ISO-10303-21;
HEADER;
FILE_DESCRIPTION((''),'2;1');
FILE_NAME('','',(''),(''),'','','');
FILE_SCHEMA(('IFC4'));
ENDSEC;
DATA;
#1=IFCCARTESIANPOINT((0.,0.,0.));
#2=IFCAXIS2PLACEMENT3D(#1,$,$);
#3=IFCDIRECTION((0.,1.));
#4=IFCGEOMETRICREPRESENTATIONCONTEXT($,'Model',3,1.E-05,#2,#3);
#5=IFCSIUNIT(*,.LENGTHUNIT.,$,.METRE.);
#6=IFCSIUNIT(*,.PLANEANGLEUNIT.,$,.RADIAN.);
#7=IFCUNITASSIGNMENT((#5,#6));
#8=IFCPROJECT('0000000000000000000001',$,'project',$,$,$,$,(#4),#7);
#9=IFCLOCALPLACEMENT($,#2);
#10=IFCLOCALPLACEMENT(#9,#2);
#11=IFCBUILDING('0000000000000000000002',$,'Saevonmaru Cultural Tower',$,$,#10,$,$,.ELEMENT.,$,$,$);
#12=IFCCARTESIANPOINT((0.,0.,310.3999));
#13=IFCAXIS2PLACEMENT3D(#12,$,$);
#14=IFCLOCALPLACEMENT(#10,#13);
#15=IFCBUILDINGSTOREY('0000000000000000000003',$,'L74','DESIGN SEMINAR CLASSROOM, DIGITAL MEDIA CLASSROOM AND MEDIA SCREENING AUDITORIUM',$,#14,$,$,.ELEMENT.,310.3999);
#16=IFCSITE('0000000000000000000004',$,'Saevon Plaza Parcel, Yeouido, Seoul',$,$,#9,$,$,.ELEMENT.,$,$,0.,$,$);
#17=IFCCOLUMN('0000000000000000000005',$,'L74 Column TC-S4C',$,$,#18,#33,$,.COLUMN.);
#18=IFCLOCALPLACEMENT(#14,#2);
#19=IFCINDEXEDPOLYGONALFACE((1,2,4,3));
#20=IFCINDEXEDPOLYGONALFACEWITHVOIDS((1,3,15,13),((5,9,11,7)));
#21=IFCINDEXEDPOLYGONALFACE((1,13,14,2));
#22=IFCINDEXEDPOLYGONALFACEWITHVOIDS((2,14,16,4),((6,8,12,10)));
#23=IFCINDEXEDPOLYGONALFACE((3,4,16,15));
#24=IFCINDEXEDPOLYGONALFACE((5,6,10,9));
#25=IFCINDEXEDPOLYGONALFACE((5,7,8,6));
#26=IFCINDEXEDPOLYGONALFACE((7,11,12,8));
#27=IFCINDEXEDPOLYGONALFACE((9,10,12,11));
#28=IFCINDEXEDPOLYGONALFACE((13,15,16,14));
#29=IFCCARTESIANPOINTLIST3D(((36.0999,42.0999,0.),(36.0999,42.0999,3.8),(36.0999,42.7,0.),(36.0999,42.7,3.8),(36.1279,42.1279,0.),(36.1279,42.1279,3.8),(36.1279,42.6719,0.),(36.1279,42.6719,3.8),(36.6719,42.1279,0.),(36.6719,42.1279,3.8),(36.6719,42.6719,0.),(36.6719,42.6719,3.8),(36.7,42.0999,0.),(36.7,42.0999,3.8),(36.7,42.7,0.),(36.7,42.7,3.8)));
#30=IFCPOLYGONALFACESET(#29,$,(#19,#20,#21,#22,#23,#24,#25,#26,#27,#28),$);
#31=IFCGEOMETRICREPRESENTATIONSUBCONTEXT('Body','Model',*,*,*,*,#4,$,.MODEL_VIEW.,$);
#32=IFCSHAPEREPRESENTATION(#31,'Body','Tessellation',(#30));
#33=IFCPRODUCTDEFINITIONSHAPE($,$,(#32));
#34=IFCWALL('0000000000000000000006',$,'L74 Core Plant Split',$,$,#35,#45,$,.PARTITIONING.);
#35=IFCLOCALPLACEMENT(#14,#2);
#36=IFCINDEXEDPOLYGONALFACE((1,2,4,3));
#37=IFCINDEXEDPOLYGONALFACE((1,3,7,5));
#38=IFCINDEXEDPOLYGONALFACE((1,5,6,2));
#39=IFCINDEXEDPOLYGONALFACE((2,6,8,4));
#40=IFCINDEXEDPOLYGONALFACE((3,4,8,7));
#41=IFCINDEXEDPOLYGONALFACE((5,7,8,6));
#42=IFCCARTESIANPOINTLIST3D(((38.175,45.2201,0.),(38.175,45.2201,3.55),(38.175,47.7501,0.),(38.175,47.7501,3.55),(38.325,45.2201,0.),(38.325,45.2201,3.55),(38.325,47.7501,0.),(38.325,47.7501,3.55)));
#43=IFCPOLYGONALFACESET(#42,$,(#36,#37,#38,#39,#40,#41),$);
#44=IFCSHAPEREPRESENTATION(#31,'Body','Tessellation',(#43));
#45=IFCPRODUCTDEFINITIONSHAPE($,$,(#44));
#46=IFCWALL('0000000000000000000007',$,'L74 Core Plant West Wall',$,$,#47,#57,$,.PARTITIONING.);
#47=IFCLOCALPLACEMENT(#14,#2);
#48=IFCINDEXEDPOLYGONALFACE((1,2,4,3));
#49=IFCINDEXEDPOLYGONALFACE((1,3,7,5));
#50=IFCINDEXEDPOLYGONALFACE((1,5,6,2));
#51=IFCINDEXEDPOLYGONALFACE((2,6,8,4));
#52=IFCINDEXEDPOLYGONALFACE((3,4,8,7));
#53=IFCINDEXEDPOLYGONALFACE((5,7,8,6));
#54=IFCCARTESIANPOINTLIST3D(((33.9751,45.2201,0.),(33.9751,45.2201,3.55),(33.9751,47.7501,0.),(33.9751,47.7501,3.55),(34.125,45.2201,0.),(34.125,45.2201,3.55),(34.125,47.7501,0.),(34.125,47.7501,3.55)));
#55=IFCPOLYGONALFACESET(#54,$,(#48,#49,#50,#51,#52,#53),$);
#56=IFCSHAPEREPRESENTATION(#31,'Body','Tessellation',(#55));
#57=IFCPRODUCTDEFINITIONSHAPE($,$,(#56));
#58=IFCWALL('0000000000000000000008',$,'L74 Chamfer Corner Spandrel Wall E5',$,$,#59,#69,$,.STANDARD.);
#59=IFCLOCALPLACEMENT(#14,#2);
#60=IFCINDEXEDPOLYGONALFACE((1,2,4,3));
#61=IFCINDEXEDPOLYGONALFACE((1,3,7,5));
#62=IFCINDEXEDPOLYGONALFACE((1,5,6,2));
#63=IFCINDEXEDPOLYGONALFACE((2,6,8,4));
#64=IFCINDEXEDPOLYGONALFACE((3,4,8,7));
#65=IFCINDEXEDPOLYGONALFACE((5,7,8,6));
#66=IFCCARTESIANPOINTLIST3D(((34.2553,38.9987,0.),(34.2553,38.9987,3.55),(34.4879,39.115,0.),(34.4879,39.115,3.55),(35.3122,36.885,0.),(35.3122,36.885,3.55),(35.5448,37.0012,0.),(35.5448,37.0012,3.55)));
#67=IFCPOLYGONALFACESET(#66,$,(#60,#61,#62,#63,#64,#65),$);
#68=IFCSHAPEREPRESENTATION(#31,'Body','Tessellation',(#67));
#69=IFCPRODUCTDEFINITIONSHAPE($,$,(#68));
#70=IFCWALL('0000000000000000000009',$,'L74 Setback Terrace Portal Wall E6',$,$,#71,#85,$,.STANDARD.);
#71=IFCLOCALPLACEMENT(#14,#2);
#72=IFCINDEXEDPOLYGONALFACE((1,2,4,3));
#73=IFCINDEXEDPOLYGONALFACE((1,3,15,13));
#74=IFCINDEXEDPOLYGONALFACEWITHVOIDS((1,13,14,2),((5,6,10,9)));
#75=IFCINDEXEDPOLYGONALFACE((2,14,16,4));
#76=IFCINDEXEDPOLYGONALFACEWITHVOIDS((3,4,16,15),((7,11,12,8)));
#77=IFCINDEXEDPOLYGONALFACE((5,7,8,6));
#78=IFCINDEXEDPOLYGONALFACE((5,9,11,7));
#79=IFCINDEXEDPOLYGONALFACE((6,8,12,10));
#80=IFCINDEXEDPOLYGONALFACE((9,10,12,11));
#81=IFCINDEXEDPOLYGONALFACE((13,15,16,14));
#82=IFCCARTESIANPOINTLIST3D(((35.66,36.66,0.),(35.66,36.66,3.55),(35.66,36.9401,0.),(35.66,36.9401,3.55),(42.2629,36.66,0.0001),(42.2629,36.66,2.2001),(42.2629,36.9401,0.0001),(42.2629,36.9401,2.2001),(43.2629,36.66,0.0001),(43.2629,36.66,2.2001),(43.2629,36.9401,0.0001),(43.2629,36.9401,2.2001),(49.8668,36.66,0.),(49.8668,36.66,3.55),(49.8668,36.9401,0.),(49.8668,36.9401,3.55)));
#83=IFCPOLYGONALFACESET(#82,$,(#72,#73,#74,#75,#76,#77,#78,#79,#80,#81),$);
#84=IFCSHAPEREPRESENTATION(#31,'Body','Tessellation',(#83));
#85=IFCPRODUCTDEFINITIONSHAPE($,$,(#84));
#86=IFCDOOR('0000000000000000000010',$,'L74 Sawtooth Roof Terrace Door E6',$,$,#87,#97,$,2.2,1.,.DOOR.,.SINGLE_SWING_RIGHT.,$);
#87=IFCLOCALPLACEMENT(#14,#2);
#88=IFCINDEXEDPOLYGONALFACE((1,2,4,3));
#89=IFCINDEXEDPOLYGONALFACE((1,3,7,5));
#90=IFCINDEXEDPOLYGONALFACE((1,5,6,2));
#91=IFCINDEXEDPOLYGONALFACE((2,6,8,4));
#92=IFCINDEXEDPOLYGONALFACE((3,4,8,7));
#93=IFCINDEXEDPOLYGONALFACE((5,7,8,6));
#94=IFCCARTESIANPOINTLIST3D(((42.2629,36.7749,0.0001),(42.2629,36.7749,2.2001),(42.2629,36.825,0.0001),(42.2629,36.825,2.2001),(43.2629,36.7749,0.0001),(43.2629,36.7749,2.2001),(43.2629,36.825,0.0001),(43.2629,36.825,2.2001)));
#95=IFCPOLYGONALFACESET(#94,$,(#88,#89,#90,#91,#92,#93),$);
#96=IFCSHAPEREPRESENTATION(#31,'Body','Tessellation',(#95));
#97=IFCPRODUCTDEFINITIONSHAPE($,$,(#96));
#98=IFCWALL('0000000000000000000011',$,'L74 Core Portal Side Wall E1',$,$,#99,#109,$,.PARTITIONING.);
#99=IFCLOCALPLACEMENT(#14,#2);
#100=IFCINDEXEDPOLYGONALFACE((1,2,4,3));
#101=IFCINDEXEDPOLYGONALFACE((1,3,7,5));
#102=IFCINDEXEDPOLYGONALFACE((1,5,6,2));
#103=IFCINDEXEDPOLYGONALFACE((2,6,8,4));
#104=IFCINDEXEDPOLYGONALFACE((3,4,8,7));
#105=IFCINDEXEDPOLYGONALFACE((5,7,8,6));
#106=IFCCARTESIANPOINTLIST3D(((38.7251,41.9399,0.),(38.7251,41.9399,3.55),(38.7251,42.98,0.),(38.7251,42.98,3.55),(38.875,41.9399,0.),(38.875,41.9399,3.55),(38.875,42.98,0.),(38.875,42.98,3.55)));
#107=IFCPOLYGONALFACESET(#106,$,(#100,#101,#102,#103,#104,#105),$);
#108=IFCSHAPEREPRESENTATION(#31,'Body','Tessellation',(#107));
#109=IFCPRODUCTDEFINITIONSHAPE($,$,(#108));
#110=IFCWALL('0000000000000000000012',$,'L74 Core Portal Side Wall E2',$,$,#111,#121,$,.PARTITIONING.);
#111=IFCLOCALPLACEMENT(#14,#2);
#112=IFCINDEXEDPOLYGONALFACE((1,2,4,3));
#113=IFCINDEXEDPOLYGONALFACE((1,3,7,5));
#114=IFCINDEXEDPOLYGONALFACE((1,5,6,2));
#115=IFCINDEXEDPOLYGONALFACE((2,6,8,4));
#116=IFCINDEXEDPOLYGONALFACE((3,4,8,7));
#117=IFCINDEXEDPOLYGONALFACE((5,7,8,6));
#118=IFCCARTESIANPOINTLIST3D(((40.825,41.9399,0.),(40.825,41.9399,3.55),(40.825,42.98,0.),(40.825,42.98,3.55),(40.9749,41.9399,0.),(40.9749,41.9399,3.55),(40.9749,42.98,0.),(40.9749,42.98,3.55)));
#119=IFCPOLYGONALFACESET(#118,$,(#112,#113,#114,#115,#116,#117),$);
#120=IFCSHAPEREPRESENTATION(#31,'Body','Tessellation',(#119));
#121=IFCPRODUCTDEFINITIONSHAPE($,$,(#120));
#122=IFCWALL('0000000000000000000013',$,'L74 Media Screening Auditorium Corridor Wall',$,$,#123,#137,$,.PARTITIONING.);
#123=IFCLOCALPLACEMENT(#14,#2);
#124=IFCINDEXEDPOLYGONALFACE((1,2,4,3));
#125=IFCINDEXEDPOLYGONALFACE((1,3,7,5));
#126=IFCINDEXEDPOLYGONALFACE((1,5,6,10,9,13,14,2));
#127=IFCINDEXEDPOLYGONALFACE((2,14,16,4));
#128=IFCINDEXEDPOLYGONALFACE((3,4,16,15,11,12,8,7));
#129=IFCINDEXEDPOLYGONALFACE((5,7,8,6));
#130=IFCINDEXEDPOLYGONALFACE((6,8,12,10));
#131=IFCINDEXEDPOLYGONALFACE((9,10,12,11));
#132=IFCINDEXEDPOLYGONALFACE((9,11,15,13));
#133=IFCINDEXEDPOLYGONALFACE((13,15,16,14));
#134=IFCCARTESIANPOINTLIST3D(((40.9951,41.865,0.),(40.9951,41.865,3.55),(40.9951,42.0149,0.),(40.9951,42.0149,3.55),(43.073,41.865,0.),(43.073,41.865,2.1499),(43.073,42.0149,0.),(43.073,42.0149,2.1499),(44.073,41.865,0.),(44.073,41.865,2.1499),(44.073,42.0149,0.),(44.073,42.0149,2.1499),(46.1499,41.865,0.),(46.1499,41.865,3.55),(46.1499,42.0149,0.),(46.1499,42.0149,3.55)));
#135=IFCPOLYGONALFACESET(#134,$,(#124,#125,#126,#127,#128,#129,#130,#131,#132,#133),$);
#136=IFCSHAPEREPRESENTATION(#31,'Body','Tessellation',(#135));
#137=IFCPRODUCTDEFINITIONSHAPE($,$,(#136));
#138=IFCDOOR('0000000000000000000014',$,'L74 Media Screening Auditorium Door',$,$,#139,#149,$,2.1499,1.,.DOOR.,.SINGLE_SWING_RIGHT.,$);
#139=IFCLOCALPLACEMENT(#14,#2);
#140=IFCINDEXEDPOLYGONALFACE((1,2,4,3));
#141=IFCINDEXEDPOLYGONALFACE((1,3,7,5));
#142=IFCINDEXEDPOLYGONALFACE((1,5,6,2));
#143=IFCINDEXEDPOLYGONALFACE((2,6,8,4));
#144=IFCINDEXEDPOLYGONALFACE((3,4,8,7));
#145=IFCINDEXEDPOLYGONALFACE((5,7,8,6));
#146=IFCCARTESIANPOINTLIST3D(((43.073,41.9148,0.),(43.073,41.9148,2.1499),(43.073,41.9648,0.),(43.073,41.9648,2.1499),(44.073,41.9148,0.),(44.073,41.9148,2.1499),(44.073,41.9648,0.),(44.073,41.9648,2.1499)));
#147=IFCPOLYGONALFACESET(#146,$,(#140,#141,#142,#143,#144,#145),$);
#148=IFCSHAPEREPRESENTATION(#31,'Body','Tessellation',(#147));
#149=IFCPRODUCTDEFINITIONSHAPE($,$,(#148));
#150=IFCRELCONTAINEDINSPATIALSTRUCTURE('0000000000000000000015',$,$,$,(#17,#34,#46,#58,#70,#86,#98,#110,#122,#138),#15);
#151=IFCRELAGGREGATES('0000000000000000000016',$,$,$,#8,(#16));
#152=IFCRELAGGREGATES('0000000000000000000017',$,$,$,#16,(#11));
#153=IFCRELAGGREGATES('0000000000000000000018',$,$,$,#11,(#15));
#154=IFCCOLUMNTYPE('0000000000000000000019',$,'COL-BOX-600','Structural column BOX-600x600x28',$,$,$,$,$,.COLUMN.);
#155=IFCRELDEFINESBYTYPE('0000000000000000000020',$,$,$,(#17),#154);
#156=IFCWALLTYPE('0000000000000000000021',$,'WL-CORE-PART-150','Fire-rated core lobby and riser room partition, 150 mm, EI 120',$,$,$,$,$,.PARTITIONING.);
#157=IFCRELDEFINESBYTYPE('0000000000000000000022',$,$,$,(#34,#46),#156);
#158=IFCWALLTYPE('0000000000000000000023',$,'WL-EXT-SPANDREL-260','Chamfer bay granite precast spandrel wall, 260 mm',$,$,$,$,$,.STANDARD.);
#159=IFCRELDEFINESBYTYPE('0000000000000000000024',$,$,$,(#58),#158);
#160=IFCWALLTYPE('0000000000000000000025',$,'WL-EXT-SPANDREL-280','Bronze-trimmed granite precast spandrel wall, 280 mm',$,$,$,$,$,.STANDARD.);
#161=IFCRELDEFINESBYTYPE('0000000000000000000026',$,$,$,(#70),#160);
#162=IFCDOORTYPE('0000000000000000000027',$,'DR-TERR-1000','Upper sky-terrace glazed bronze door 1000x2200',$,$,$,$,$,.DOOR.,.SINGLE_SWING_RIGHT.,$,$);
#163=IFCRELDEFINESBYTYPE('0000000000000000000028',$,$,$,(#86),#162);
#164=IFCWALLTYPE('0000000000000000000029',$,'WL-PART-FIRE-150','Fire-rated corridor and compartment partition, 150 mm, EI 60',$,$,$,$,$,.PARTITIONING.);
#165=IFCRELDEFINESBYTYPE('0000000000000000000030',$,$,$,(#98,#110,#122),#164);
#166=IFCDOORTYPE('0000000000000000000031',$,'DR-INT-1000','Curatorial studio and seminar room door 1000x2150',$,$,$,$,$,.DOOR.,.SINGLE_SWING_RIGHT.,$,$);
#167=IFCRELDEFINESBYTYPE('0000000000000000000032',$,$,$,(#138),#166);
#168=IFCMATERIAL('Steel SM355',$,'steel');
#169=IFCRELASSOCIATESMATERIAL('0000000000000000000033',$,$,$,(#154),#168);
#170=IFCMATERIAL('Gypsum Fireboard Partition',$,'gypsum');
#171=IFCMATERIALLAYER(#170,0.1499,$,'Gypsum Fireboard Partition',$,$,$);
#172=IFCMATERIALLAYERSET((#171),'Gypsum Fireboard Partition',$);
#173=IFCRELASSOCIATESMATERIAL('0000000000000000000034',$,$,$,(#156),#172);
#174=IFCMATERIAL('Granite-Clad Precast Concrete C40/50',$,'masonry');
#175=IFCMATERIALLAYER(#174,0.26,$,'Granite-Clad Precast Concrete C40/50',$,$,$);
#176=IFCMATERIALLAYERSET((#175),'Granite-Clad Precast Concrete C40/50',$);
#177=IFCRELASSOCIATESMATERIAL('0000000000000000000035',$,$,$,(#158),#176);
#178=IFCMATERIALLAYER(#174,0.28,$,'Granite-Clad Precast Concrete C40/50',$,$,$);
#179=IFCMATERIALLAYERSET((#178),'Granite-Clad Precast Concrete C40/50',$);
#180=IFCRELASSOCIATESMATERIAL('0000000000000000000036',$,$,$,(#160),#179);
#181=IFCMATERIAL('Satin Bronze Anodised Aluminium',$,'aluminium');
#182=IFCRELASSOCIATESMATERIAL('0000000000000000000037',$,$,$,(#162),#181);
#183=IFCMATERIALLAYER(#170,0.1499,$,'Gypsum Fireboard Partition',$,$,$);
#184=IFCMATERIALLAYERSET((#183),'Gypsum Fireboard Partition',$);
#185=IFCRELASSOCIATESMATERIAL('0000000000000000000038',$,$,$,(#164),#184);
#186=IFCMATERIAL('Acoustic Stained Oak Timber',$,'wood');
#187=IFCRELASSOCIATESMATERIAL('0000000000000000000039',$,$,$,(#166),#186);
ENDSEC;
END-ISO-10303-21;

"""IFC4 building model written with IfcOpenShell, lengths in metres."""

from ifc_helpers import new_model, si_unit, direction, frame, frame_2d, origin, origin_2d, place, context, subcontext, project, spatial, rectangle, hollow_rectangle, extrude, material, layer, layer_set, material_profile, profile_set, type_object, element, fill, save


model = new_model("IFC4")

# Units and contexts
model_context = context("Model", 3, precision=1e-05, world=origin(), true_north=direction((0.0, 1.0)))
body_context = subcontext(model_context, "Body", "Model", "MODEL_VIEW")
ifc_project = project(units=[si_unit("LENGTHUNIT", "METRE"), si_unit("PLANEANGLEUNIT", "RADIAN")], contexts=[model_context])

# Site, building, storey
site_placement = place(None, origin())
site = spatial("IfcSite", under=ifc_project, at=site_placement, Name="Saevon Plaza Parcel, Yeouido, Seoul", CompositionType="ELEMENT", RefElevation=0.0)
building_placement = place(site_placement, origin())
building = spatial("IfcBuilding", under=site, at=building_placement, Name="Saevonmaru Cultural Tower", CompositionType="ELEMENT")
storey_placement = place(building_placement, frame((0.0, 0.0, 310.3999)))
storey = spatial("IfcBuildingStorey", under=building, at=storey_placement, Name="L74", Description="DESIGN SEMINAR CLASSROOM, DIGITAL MEDIA CLASSROOM AND MEDIA SCREENING AUDITORIUM", CompositionType="ELEMENT", Elevation=310.3999)

# Column
ifc_material_1 = material(Name="Steel SM355", Category="steel")
ifc_material_profile = material_profile(ifc_material_1, hollow_rectangle(XDim=0.6001, YDim=0.6001, WallThickness=0.0281, at=origin_2d()), Name="BOX-600x600x28")
ifc_profile_set = profile_set([ifc_material_profile], Name="Steel SM355")
column_type = type_object("IfcColumnType", Name="COL-BOX-600", Description="Structural column BOX-600x600x28", PredefinedType="COLUMN", material=ifc_profile_set)
column_placement = place(storey_placement, frame((36.3999, 42.3999, 0.0), z_axis=(0.0, 0.0, 1.0), x_axis=(1.0, 0.0, 0.0)))
element("IfcColumn", 1, at=column_placement, inside=storey, type_object=column_type, Name="L74 Column TC-S4C", PredefinedType="COLUMN", context=body_context, shape_type="SweptSolid", body=[
    extrude(hollow_rectangle(XDim=0.6001, YDim=0.6001, WallThickness=0.0281, at=origin_2d()), origin(), (0.0, 0.0, 1.0), 3.8),
])

# Shared definitions
ifc_material_2 = material(Name="Gypsum Fireboard Partition", Category="gypsum")
ifc_layer_1 = layer(ifc_material_2, 0.1499, Name="Gypsum Fireboard Partition")
ifc_layer_set_1 = layer_set([ifc_layer_1], Name="Gypsum Fireboard Partition")
wall_type_1 = type_object("IfcWallType", Name="WL-CORE-PART-150", Description="Fire-rated core lobby and riser room partition, 150 mm, EI 120", PredefinedType="PARTITIONING", material=ifc_layer_set_1)
ifc_material_3 = material(Name="Satin Bronze Anodised Aluminium", Category="aluminium")

# Walls
for number, where, z_axis, x_axis, name in (
    (2, (38.25, 45.22, 0.0), (0.0, 0.0, 1.0), (0.0, 1.0, 0.0), "L74 Core Plant Split"),
    (3, (34.05, 45.22, 0.0), (0.0, 0.0, 1.0), (0.0, 1.0, 0.0), "L74 Core Plant West Wall"),
):
    element("IfcWall", number, at=place(storey_placement, frame(where, z_axis=z_axis, x_axis=x_axis)), inside=storey, type_object=wall_type_1, Name=name, PredefinedType="PARTITIONING", context=body_context, shape_type="SweptSolid", body=[
        extrude(rectangle(XDim=2.53, YDim=0.1499, at=frame_2d((1.2651, 0.0))), origin(), (0.0, 0.0, 1.0), 3.55),
    ])
ifc_material_4 = material(Name="Granite-Clad Precast Concrete C40/50", Category="masonry")
ifc_layer_2 = layer(ifc_material_4, 0.26, Name="Granite-Clad Precast Concrete C40/50")
ifc_layer_set_2 = layer_set([ifc_layer_2], Name="Granite-Clad Precast Concrete C40/50")
wall_type_2 = type_object("IfcWallType", Name="WL-EXT-SPANDREL-260", Description="Chamfer bay granite precast spandrel wall, 260 mm", PredefinedType="STANDARD", material=ifc_layer_set_2)
wall_1_placement = place(storey_placement, frame((34.3716, 39.0569, 0.0), z_axis=(0.0, 0.0, 1.0), x_axis=(0.447214, -0.894427, 0.0)))
element("IfcWall", 4, at=wall_1_placement, inside=storey, type_object=wall_type_2, Name="L74 Chamfer Corner Spandrel Wall E5", PredefinedType="STANDARD", context=body_context, shape_type="SweptSolid", body=[
    extrude(rectangle(XDim=2.3633, YDim=0.26, at=frame_2d((1.1816, 0.0))), origin(), (0.0, 0.0, 1.0), 3.55),
])

# Wall, opening, door
ifc_layer_3 = layer(ifc_material_4, 0.28, Name="Granite-Clad Precast Concrete C40/50")
ifc_layer_set_3 = layer_set([ifc_layer_3], Name="Granite-Clad Precast Concrete C40/50")
wall_type_3 = type_object("IfcWallType", Name="WL-EXT-SPANDREL-280", Description="Bronze-trimmed granite precast spandrel wall, 280 mm", PredefinedType="STANDARD", material=ifc_layer_set_3)
wall_2_placement = place(storey_placement, frame((35.6599, 36.8, 0.0), z_axis=(0.0, 0.0, 1.0), x_axis=(1.0, 0.0, 0.0)))
wall_2 = element("IfcWall", 5, at=wall_2_placement, inside=storey, type_object=wall_type_3, Name="L74 Setback Terrace Portal Wall E6", PredefinedType="STANDARD", context=body_context, shape_type="SweptSolid", body=[
    extrude(rectangle(XDim=14.2068, YDim=0.28, at=frame_2d((7.1035, 0.0))), origin(), (0.0, 0.0, 1.0), 3.55),
])
opening_1_placement = place(wall_2_placement, frame((6.603, 0.0, 0.0)))
opening_1 = element("IfcOpeningElement", 6, at=opening_1_placement, cuts=wall_2, PredefinedType="OPENING", context=body_context, shape_type="SweptSolid", body=[
    extrude(rectangle(XDim=1.0, YDim=2.2, at=frame_2d((0.5, 1.1001))), frame((0.0, 0.1499, 0.0), z_axis=(0.0, -1.0, 0.0), x_axis=(1.0, 0.0, 0.0)), (0.0, 0.0, 1.0), 0.3),
])
door_type_1 = type_object("IfcDoorType", Name="DR-TERR-1000", Description="Upper sky-terrace glazed bronze door 1000x2200", OperationType="SINGLE_SWING_RIGHT", PredefinedType="DOOR", material=ifc_material_3)
door_1_placement = place(opening_1_placement, origin())
door_1 = element("IfcDoor", 7, at=door_1_placement, inside=storey, type_object=door_type_1, Name="L74 Sawtooth Roof Terrace Door E6", OperationType="SINGLE_SWING_RIGHT", OverallHeight=2.2, OverallWidth=1.0, PredefinedType="DOOR", context=body_context, shape_type="SweptSolid", body=[
    extrude(rectangle(XDim=1.0, YDim=2.2, at=frame_2d((0.5, 1.1001))), frame((0.0, 0.0249, 0.0), z_axis=(0.0, -1.0, 0.0), x_axis=(1.0, 0.0, 0.0)), (0.0, 0.0, 1.0), 0.05),
])
fill(opening_1, door_1)

# Walls
ifc_layer_4 = layer(ifc_material_2, 0.1499, Name="Gypsum Fireboard Partition")
ifc_layer_set_4 = layer_set([ifc_layer_4], Name="Gypsum Fireboard Partition")
wall_type_4 = type_object("IfcWallType", Name="WL-PART-FIRE-150", Description="Fire-rated corridor and compartment partition, 150 mm, EI 60", PredefinedType="PARTITIONING", material=ifc_layer_set_4)
for number, where, z_axis, x_axis, name in (
    (8, (38.8, 41.9399, 0.0), (0.0, 0.0, 1.0), (0.0, 1.0, 0.0), "L74 Core Portal Side Wall E1"),
    (9, (40.8999, 41.9399, 0.0), (0.0, 0.0, 1.0), (0.0, 1.0, 0.0), "L74 Core Portal Side Wall E2"),
):
    element("IfcWall", number, at=place(storey_placement, frame(where, z_axis=z_axis, x_axis=x_axis)), inside=storey, type_object=wall_type_4, Name=name, PredefinedType="PARTITIONING", context=body_context, shape_type="SweptSolid", body=[
        extrude(rectangle(XDim=1.04, YDim=0.1499, at=frame_2d((0.52, 0.0))), origin(), (0.0, 0.0, 1.0), 3.55),
    ])

# Wall, opening, door
wall_3_placement = place(storey_placement, frame((40.9951, 41.9399, 0.0), z_axis=(0.0, 0.0, 1.0), x_axis=(1.0, 0.0, 0.0)))
wall_3 = element("IfcWall", 10, at=wall_3_placement, inside=storey, type_object=wall_type_4, Name="L74 Media Screening Auditorium Corridor Wall", PredefinedType="PARTITIONING", context=body_context, shape_type="SweptSolid", body=[
    extrude(rectangle(XDim=5.1548, YDim=0.1499, at=frame_2d((2.5774, 0.0))), origin(), (0.0, 0.0, 1.0), 3.55),
])
opening_2_placement = place(wall_3_placement, frame((2.0779, 0.0, 0.0)))
opening_2 = element("IfcOpeningElement", 11, at=opening_2_placement, cuts=wall_3, PredefinedType="OPENING", context=body_context, shape_type="SweptSolid", body=[
    extrude(rectangle(XDim=1.0, YDim=2.1499, at=frame_2d((0.5, 1.075))), frame((0.0, 0.085, 0.0), z_axis=(0.0, -1.0, 0.0), x_axis=(1.0, 0.0, 0.0)), (0.0, 0.0, 1.0), 0.1699),
])
ifc_material_5 = material(Name="Acoustic Stained Oak Timber", Category="wood")
door_type_2 = type_object("IfcDoorType", Name="DR-INT-1000", Description="Curatorial studio and seminar room door 1000x2150", OperationType="SINGLE_SWING_RIGHT", PredefinedType="DOOR", material=ifc_material_5)
door_2_placement = place(opening_2_placement, origin())
door_2 = element("IfcDoor", 12, at=door_2_placement, inside=storey, type_object=door_type_2, Name="L74 Media Screening Auditorium Door", OperationType="SINGLE_SWING_RIGHT", OverallHeight=2.1499, OverallWidth=1.0, PredefinedType="DOOR", context=body_context, shape_type="SweptSolid", body=[
    extrude(rectangle(XDim=1.0, YDim=2.1499, at=frame_2d((0.5, 1.075))), frame((0.0, 0.0249, 0.0), z_axis=(0.0, -1.0, 0.0), x_axis=(1.0, 0.0, 0.0)), (0.0, 0.0, 1.0), 0.05),
])
fill(opening_2, door_2)

save(model, "model.ifc")
